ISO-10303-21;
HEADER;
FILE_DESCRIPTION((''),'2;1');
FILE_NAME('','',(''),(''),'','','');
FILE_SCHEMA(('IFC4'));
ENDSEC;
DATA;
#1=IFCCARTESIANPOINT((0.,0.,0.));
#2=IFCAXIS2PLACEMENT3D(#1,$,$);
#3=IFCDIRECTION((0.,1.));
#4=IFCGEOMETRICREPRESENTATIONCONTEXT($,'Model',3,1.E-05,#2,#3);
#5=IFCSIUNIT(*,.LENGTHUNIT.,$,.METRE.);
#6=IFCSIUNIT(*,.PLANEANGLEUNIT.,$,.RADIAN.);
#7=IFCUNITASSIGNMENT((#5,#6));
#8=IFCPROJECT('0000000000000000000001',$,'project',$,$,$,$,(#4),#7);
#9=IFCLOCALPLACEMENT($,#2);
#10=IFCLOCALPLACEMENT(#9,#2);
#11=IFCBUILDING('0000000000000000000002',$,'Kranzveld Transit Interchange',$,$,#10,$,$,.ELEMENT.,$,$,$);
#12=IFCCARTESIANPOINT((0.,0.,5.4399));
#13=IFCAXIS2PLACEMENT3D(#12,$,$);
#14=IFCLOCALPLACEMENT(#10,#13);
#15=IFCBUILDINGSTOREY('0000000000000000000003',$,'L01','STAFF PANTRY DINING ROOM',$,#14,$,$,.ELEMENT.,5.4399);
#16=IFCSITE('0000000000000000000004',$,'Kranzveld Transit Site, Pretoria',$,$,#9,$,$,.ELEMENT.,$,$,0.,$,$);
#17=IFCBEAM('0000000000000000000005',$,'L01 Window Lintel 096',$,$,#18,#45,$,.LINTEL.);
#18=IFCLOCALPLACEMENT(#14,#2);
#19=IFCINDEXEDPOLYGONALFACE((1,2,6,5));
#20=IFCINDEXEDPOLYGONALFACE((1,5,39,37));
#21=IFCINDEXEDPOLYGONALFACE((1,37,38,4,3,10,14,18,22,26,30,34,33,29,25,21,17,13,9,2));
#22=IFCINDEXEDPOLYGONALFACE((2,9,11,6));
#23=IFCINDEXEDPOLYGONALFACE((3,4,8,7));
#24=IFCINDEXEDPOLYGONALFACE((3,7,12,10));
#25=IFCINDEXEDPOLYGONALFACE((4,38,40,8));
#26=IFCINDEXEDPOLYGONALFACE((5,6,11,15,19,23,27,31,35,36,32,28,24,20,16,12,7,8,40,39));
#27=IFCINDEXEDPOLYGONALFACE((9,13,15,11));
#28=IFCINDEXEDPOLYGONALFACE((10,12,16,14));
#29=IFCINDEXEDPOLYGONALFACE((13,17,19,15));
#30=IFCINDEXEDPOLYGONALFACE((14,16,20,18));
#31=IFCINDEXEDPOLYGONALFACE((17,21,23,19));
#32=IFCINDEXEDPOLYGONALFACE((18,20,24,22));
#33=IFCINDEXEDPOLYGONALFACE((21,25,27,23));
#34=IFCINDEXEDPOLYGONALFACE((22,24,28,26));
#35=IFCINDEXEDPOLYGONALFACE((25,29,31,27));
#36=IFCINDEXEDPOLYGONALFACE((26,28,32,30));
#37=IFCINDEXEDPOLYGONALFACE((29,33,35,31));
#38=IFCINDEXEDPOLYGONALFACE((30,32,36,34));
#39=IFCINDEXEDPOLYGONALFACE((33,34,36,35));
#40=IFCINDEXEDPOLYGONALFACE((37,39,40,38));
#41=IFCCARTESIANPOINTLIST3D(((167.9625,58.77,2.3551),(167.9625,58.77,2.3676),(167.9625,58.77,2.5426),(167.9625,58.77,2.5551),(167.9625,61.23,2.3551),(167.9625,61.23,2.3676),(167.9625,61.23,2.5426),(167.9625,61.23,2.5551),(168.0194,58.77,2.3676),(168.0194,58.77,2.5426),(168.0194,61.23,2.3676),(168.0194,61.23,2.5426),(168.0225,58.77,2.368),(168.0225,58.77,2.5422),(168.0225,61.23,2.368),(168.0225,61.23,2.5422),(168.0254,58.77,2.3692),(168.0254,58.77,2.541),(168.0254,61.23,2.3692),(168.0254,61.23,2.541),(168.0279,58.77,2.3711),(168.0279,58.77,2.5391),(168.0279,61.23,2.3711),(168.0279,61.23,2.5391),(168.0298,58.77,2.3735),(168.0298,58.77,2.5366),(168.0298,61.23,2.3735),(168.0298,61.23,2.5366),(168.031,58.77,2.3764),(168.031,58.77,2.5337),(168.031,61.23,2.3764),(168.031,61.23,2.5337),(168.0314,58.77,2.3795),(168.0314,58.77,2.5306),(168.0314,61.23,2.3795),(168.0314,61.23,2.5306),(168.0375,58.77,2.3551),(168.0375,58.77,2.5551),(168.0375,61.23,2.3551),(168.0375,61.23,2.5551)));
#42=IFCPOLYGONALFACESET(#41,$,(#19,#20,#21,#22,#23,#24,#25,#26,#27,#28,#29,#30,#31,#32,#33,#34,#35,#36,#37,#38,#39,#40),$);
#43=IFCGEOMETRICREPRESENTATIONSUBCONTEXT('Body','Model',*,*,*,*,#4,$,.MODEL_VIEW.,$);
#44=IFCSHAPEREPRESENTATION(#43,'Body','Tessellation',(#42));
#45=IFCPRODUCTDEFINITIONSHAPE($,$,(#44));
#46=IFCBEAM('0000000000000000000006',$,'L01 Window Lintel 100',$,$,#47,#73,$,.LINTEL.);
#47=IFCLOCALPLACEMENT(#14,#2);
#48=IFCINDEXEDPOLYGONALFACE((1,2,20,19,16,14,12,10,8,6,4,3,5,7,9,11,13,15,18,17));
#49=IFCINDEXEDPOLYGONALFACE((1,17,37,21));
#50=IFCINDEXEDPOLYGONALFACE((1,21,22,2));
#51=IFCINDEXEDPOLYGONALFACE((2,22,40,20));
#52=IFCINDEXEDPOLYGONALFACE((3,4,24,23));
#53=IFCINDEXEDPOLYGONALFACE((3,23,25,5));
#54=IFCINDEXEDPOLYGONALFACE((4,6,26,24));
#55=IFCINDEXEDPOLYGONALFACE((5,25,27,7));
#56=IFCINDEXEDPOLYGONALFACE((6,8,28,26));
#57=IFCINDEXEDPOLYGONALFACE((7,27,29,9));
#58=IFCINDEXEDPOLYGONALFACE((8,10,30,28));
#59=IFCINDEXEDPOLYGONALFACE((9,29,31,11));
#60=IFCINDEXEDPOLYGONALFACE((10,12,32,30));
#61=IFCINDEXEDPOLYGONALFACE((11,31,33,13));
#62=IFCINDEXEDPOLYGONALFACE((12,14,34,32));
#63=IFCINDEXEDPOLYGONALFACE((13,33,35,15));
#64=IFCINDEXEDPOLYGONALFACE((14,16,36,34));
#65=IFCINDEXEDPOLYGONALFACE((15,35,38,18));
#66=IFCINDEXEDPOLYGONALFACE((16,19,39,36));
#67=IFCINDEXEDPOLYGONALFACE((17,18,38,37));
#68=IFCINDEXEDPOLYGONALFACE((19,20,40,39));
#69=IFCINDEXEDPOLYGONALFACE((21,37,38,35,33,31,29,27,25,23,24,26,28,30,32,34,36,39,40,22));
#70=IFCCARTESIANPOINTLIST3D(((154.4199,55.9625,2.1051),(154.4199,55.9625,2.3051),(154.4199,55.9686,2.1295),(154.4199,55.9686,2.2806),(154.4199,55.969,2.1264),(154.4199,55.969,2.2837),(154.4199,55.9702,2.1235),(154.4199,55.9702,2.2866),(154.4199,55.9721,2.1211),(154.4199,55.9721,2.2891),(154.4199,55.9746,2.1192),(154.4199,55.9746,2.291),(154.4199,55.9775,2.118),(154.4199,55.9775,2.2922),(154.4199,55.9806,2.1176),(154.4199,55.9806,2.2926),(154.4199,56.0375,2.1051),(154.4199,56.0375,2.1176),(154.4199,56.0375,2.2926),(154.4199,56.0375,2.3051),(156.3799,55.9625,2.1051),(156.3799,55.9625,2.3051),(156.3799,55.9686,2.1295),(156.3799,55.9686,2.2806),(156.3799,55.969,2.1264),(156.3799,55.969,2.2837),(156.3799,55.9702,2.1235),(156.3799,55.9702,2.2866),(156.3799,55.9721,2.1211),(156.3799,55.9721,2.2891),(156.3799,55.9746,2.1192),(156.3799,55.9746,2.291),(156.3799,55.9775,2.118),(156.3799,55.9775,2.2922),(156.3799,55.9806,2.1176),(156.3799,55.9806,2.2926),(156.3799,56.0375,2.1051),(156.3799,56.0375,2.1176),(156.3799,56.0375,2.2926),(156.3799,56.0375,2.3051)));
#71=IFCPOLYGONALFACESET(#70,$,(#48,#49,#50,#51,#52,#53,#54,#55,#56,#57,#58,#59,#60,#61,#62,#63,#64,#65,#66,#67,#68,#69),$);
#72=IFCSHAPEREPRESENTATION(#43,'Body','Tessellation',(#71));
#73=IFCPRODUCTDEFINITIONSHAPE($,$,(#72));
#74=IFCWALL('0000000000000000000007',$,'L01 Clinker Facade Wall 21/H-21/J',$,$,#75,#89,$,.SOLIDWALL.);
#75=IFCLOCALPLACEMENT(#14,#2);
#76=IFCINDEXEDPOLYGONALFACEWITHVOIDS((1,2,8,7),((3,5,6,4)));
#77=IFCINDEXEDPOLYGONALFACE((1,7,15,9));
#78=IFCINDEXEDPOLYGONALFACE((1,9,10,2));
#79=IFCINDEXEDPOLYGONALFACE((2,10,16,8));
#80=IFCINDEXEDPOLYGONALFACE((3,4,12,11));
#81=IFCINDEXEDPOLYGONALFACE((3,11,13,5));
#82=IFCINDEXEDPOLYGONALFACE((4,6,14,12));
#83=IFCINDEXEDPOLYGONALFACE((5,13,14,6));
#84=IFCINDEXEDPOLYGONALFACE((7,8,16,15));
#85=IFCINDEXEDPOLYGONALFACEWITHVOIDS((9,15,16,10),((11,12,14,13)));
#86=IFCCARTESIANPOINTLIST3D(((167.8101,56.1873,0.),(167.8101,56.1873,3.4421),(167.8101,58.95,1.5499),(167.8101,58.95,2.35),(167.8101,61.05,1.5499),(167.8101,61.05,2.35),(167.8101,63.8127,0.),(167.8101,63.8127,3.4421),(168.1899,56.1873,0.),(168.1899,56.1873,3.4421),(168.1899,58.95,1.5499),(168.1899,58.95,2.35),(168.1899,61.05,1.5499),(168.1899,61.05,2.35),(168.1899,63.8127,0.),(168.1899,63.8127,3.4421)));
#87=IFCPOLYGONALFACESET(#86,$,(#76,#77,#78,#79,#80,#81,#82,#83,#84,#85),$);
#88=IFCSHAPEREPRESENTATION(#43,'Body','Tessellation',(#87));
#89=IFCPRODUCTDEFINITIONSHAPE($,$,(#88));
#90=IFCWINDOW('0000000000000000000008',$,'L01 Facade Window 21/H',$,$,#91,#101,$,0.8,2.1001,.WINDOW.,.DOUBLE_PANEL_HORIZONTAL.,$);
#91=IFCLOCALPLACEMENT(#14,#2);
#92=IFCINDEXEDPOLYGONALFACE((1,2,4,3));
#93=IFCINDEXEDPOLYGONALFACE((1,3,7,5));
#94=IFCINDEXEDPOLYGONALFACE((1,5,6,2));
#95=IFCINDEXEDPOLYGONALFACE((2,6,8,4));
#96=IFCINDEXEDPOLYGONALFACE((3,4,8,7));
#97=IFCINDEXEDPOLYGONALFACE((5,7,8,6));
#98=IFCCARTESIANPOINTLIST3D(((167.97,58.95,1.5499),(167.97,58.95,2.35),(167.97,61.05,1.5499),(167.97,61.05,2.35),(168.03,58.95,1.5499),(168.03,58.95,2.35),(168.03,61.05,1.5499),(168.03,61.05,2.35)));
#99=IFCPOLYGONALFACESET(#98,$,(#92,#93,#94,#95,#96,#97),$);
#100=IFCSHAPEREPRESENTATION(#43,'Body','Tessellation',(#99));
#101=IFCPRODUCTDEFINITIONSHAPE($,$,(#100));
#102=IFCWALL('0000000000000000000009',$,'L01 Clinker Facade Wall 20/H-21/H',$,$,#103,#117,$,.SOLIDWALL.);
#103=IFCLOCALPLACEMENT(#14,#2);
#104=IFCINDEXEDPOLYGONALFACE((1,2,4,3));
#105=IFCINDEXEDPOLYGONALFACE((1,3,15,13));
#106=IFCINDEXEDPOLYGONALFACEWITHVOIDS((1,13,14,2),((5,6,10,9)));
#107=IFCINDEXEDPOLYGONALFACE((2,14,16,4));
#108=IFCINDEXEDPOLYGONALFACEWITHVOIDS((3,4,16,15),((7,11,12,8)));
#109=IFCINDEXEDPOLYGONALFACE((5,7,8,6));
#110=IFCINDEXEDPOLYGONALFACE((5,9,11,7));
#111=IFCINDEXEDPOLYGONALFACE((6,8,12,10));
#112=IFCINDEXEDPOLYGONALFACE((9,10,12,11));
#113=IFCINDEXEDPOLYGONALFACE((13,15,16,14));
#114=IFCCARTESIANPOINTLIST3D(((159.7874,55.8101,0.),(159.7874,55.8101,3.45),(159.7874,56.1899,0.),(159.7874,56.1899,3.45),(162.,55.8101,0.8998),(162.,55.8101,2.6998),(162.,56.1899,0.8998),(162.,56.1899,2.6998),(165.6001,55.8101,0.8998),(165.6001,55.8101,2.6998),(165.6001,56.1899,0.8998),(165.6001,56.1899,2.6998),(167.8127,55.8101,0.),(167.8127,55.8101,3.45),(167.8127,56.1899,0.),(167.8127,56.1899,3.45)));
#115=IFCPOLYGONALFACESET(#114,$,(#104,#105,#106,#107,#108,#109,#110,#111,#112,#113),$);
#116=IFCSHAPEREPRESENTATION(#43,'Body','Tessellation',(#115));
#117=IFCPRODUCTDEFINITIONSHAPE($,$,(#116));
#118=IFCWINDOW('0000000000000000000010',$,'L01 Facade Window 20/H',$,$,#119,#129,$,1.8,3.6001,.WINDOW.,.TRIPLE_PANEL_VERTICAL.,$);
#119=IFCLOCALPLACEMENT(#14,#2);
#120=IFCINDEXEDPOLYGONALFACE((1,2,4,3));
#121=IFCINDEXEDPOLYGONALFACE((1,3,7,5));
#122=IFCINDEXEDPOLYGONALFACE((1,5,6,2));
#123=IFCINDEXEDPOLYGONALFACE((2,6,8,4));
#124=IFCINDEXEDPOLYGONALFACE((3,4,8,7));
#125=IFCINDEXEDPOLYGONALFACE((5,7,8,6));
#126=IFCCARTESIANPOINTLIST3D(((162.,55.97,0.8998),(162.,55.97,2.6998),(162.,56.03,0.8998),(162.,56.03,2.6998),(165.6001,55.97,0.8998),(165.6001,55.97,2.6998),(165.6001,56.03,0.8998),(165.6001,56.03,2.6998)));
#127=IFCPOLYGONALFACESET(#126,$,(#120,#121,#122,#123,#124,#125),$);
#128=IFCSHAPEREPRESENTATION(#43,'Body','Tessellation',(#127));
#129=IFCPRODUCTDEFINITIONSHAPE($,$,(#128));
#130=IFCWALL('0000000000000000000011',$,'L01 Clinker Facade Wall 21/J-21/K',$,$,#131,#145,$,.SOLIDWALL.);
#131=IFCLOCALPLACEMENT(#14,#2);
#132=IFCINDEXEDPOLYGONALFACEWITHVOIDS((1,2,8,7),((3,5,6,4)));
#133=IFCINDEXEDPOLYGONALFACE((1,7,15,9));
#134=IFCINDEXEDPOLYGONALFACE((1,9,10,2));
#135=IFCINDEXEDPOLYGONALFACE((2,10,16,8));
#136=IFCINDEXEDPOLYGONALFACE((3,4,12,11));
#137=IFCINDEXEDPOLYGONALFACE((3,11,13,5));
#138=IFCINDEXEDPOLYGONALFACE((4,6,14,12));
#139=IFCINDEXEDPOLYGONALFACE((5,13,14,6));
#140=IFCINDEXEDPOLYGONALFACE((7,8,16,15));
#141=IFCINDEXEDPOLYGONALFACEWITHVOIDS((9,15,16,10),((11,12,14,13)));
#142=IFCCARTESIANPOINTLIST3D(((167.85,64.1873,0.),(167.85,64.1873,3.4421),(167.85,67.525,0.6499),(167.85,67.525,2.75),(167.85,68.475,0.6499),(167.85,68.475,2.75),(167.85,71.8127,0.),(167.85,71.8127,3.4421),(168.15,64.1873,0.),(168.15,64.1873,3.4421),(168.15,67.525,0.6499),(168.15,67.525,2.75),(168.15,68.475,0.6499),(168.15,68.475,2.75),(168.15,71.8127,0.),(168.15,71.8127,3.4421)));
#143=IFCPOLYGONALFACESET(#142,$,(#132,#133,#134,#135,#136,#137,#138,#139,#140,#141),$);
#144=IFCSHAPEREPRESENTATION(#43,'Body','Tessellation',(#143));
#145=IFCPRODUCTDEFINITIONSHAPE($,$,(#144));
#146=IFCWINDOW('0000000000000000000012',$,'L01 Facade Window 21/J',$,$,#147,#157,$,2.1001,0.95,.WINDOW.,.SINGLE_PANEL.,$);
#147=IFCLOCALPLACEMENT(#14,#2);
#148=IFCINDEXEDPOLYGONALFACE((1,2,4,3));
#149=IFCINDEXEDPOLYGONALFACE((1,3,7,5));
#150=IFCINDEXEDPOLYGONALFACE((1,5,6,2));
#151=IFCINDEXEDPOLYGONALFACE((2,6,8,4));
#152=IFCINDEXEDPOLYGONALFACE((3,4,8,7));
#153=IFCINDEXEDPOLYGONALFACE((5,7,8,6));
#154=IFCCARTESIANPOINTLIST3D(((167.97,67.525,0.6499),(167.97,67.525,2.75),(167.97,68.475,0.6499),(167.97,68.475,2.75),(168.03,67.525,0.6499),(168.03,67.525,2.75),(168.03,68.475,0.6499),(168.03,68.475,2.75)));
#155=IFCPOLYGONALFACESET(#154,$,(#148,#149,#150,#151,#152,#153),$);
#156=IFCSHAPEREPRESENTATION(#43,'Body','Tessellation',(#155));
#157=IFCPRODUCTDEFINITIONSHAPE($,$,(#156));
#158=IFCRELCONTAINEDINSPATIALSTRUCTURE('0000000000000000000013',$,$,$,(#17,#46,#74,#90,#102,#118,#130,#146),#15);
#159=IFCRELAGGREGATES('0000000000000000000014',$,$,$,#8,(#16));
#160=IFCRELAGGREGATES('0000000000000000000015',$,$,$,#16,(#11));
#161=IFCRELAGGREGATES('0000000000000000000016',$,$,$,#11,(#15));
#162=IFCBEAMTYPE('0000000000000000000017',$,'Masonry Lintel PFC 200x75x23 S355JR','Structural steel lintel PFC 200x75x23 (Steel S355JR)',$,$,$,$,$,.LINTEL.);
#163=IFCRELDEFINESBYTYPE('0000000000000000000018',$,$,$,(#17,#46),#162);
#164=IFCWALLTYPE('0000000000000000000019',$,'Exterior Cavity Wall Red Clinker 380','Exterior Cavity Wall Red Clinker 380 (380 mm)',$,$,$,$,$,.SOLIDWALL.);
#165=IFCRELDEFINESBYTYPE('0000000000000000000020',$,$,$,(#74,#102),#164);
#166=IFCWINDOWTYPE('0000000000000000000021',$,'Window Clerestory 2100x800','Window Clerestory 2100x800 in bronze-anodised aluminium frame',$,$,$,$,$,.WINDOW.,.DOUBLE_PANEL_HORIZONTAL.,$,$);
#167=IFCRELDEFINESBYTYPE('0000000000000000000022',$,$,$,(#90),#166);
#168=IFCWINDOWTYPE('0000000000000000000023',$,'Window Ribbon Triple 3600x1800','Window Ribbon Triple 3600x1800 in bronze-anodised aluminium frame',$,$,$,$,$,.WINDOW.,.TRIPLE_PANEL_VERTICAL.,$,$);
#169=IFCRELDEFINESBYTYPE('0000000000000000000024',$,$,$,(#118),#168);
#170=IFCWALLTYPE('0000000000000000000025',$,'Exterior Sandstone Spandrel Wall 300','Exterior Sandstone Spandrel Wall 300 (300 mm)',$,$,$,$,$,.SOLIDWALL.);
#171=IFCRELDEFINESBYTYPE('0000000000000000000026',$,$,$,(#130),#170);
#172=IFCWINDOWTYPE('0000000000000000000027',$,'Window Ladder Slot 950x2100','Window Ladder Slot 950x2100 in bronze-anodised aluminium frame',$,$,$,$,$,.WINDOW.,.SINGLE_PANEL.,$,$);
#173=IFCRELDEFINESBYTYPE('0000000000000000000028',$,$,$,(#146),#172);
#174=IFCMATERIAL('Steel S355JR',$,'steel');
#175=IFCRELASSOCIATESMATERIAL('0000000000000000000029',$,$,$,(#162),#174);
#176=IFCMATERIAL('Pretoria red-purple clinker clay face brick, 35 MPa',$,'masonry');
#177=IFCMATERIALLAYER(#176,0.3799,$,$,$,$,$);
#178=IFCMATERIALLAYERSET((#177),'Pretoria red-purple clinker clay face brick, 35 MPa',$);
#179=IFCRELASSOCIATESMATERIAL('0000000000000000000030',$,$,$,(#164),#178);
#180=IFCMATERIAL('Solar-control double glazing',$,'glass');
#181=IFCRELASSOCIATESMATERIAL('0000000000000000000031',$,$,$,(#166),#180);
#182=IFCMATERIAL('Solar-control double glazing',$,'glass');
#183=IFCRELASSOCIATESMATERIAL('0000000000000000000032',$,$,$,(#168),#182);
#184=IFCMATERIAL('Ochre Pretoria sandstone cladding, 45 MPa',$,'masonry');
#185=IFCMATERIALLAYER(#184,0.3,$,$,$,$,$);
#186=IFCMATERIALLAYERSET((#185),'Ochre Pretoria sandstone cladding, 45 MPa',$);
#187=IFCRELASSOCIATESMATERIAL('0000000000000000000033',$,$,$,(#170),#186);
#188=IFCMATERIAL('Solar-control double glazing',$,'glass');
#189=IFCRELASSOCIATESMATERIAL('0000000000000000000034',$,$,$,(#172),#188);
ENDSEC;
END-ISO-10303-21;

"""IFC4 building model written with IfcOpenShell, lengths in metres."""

from ifc_helpers import new_model, si_unit, direction, frame, frame_2d, origin, origin_2d, place, context, subcontext, project, spatial, rectangle, u_section, extrude, material, layer, layer_set, material_profile, profile_set, type_object, element, fill, save


model = new_model("IFC4")

# Units and contexts
model_context = context("Model", 3, precision=1e-05, world=origin(), true_north=direction((0.0, 1.0)))
body_context = subcontext(model_context, "Body", "Model", "MODEL_VIEW")
ifc_project = project(units=[si_unit("LENGTHUNIT", "METRE"), si_unit("PLANEANGLEUNIT", "RADIAN")], contexts=[model_context])

# Site, building, storey
site_placement = place(None, origin())
site = spatial("IfcSite", under=ifc_project, at=site_placement, Name="Kranzveld Transit Site, Pretoria", CompositionType="ELEMENT", RefElevation=0.0)
building_placement = place(site_placement, origin())
building = spatial("IfcBuilding", under=site, at=building_placement, Name="Kranzveld Transit Interchange", CompositionType="ELEMENT")
storey_placement = place(building_placement, frame((0.0, 0.0, 5.4399)))
storey = spatial("IfcBuildingStorey", under=building, at=storey_placement, Name="L01", Description="STAFF PANTRY DINING ROOM", CompositionType="ELEMENT", Elevation=5.4399)

# Beams
ifc_material_1 = material(Name="Steel S355JR", Category="steel")
ifc_material_profile_1 = material_profile(ifc_material_1, u_section(Depth=0.2, FlangeWidth=0.075, WebThickness=0.0061, FlangeThickness=0.0125, FilletRadius=0.012, at=origin_2d()), Name="PFC 200x75x23")
ifc_profile_set_1 = profile_set([ifc_material_profile_1], Name="Steel S355JR")
beam_type_1 = type_object("IfcBeamType", Name="Masonry Lintel PFC 200x75x23 S355JR", Description="Structural steel lintel PFC 200x75x23 (Steel S355JR)", PredefinedType="LINTEL", material=ifc_profile_set_1)
beam_1_placement = place(storey_placement, frame((168.0, 58.77, 2.4551), z_axis=(0.0, 1.0, 0.0), x_axis=(-1.0, 0.0, 0.0)))
element("IfcBeam", 1, at=beam_1_placement, inside=storey, type_object=beam_type_1, Name="L01 Window Lintel 096", PredefinedType="LINTEL", context=body_context, shape_type="SweptSolid", body=[
    extrude(u_section(Depth=0.2, FlangeWidth=0.075, WebThickness=0.0061, FlangeThickness=0.0125, FilletRadius=0.012, at=origin_2d()), origin(), (0.0, 0.0, 1.0), 2.46),
])
beam_2_placement = place(storey_placement, frame((154.4199, 56.0, 2.2051), z_axis=(1.0, 0.0, 0.0), x_axis=(0.0, 1.0, 0.0)))
element("IfcBeam", 2, at=beam_2_placement, inside=storey, type_object=beam_type_1, Name="L01 Window Lintel 100", PredefinedType="LINTEL", context=body_context, shape_type="SweptSolid", body=[
    extrude(u_section(Depth=0.2, FlangeWidth=0.075, WebThickness=0.0061, FlangeThickness=0.0125, FilletRadius=0.012, at=origin_2d()), origin(), (0.0, 0.0, 1.0), 1.96),
])

# Walls, openings, windows
ifc_material_2 = material(Name="Pretoria red-purple clinker clay face brick, 35 MPa", Category="masonry")
ifc_layer_1 = layer(ifc_material_2, 0.3799)
ifc_layer_set_1 = layer_set([ifc_layer_1], Name="Pretoria red-purple clinker clay face brick, 35 MPa")
wall_type_1 = type_object("IfcWallType", Name="Exterior Cavity Wall Red Clinker 380", Description="Exterior Cavity Wall Red Clinker 380 (380 mm)", PredefinedType="SOLIDWALL", material=ifc_layer_set_1)
wall_1_placement = place(storey_placement, frame((168.0, 56.1873, 0.0), z_axis=(0.0, 0.0, 1.0), x_axis=(0.0, 1.0, 0.0)))
wall_1 = element("IfcWall", 3, at=wall_1_placement, inside=storey, type_object=wall_type_1, Name="L01 Clinker Facade Wall 21/H-21/J", PredefinedType="SOLIDWALL", context=body_context, shape_type="SweptSolid", body=[
    extrude(rectangle(XDim=7.6255, YDim=0.3799, at=frame_2d((3.8127, 0.0))), origin(), (0.0, 0.0, 1.0), 3.4421),
])
opening_1_placement = place(wall_1_placement, frame((2.7627, 0.0, 1.55), z_axis=(0.0, 0.0, 1.0), x_axis=(1.0, 0.0, 0.0)))
opening_1 = element("IfcOpeningElement", 4, at=opening_1_placement, cuts=wall_1, PredefinedType="OPENING", context=body_context, shape_type="SweptSolid", body=[
    extrude(rectangle(XDim=2.1001, YDim=0.8, at=frame_2d((1.05, 0.3999))), frame((0.0, 0.2, 0.0), z_axis=(0.0, -1.0, 0.0), x_axis=(1.0, 0.0, 0.0)), (0.0, 0.0, 1.0), 0.3999),
])
ifc_material_3 = material(Name="Solar-control double glazing", Category="glass")
window_type_1 = type_object("IfcWindowType", Name="Window Clerestory 2100x800", Description="Window Clerestory 2100x800 in bronze-anodised aluminium frame", PartitioningType="DOUBLE_PANEL_HORIZONTAL", PredefinedType="WINDOW", material=ifc_material_3)
window_1_placement = place(opening_1_placement, origin())
window_1 = element("IfcWindow", 5, at=window_1_placement, inside=storey, type_object=window_type_1, Name="L01 Facade Window 21/H", OverallHeight=0.8, OverallWidth=2.1001, PartitioningType="DOUBLE_PANEL_HORIZONTAL", PredefinedType="WINDOW", context=body_context, shape_type="SweptSolid", body=[
    extrude(rectangle(XDim=2.1001, YDim=0.8, at=frame_2d((1.05, 0.3999))), frame((0.0, 0.03, 0.0), z_axis=(0.0, -1.0, 0.0), x_axis=(1.0, 0.0, 0.0)), (0.0, 0.0, 1.0), 0.0601),
])
fill(opening_1, window_1)
wall_2_placement = place(storey_placement, frame((159.7874, 56.0, 0.0), z_axis=(0.0, 0.0, 1.0), x_axis=(1.0, 0.0, 0.0)))
wall_2 = element("IfcWall", 6, at=wall_2_placement, inside=storey, type_object=wall_type_1, Name="L01 Clinker Facade Wall 20/H-21/H", PredefinedType="SOLIDWALL", context=body_context, shape_type="SweptSolid", body=[
    extrude(rectangle(XDim=8.0254, YDim=0.3799, at=frame_2d((4.0127, 0.0))), origin(), (0.0, 0.0, 1.0), 3.45),
])
opening_2_placement = place(wall_2_placement, frame((2.2126, 0.0, 0.8999), z_axis=(0.0, 0.0, 1.0), x_axis=(1.0, 0.0, 0.0)))
opening_2 = element("IfcOpeningElement", 7, at=opening_2_placement, cuts=wall_2, PredefinedType="OPENING", context=body_context, shape_type="SweptSolid", body=[
    extrude(rectangle(XDim=3.6001, YDim=1.8, at=frame_2d((1.8, 0.8999))), frame((0.0, 0.2, 0.0), z_axis=(0.0, -1.0, 0.0), x_axis=(1.0, 0.0, 0.0)), (0.0, 0.0, 1.0), 0.3999),
])
ifc_material_4 = material(Name="Solar-control double glazing", Category="glass")
window_type_2 = type_object("IfcWindowType", Name="Window Ribbon Triple 3600x1800", Description="Window Ribbon Triple 3600x1800 in bronze-anodised aluminium frame", PartitioningType="TRIPLE_PANEL_VERTICAL", PredefinedType="WINDOW", material=ifc_material_4)
window_2_placement = place(opening_2_placement, origin())
window_2 = element("IfcWindow", 8, at=window_2_placement, inside=storey, type_object=window_type_2, Name="L01 Facade Window 20/H", OverallHeight=1.8, OverallWidth=3.6001, PartitioningType="TRIPLE_PANEL_VERTICAL", PredefinedType="WINDOW", context=body_context, shape_type="SweptSolid", body=[
    extrude(rectangle(XDim=3.6001, YDim=1.8, at=frame_2d((1.8, 0.8999))), frame((0.0, 0.03, 0.0), z_axis=(0.0, -1.0, 0.0), x_axis=(1.0, 0.0, 0.0)), (0.0, 0.0, 1.0), 0.0601),
])
fill(opening_2, window_2)
ifc_material_5 = material(Name="Ochre Pretoria sandstone cladding, 45 MPa", Category="masonry")
ifc_layer_2 = layer(ifc_material_5, 0.3)
ifc_layer_set_2 = layer_set([ifc_layer_2], Name="Ochre Pretoria sandstone cladding, 45 MPa")
wall_type_2 = type_object("IfcWallType", Name="Exterior Sandstone Spandrel Wall 300", Description="Exterior Sandstone Spandrel Wall 300 (300 mm)", PredefinedType="SOLIDWALL", material=ifc_layer_set_2)
wall_3_placement = place(storey_placement, frame((168.0, 64.1873, 0.0), z_axis=(0.0, 0.0, 1.0), x_axis=(0.0, 1.0, 0.0)))
wall_3 = element("IfcWall", 9, at=wall_3_placement, inside=storey, type_object=wall_type_2, Name="L01 Clinker Facade Wall 21/J-21/K", PredefinedType="SOLIDWALL", context=body_context, shape_type="SweptSolid", body=[
    extrude(rectangle(XDim=7.6255, YDim=0.3, at=frame_2d((3.8127, 0.0))), origin(), (0.0, 0.0, 1.0), 3.4421),
])
opening_3_placement = place(wall_3_placement, frame((3.3376, 0.0, 0.6499), z_axis=(0.0, 0.0, 1.0), x_axis=(1.0, 0.0, 0.0)))
opening_3 = element("IfcOpeningElement", 10, at=opening_3_placement, cuts=wall_3, PredefinedType="OPENING", context=body_context, shape_type="SweptSolid", body=[
    extrude(rectangle(XDim=0.95, YDim=2.1001, at=frame_2d((0.4751, 1.05))), frame((0.0, 0.1599, 0.0), z_axis=(0.0, -1.0, 0.0), x_axis=(1.0, 0.0, 0.0)), (0.0, 0.0, 1.0), 0.3201),
])
ifc_material_6 = material(Name="Solar-control double glazing", Category="glass")
window_type_3 = type_object("IfcWindowType", Name="Window Ladder Slot 950x2100", Description="Window Ladder Slot 950x2100 in bronze-anodised aluminium frame", PartitioningType="SINGLE_PANEL", PredefinedType="WINDOW", material=ifc_material_6)
window_3_placement = place(opening_3_placement, origin())
window_3 = element("IfcWindow", 11, at=window_3_placement, inside=storey, type_object=window_type_3, Name="L01 Facade Window 21/J", OverallHeight=2.1001, OverallWidth=0.95, PartitioningType="SINGLE_PANEL", PredefinedType="WINDOW", context=body_context, shape_type="SweptSolid", body=[
    extrude(rectangle(XDim=0.95, YDim=2.1001, at=frame_2d((0.4751, 1.05))), frame((0.0, 0.03, 0.0), z_axis=(0.0, -1.0, 0.0), x_axis=(1.0, 0.0, 0.0)), (0.0, 0.0, 1.0), 0.0601),
])
fill(opening_3, window_3)

save(model, "model.ifc")
